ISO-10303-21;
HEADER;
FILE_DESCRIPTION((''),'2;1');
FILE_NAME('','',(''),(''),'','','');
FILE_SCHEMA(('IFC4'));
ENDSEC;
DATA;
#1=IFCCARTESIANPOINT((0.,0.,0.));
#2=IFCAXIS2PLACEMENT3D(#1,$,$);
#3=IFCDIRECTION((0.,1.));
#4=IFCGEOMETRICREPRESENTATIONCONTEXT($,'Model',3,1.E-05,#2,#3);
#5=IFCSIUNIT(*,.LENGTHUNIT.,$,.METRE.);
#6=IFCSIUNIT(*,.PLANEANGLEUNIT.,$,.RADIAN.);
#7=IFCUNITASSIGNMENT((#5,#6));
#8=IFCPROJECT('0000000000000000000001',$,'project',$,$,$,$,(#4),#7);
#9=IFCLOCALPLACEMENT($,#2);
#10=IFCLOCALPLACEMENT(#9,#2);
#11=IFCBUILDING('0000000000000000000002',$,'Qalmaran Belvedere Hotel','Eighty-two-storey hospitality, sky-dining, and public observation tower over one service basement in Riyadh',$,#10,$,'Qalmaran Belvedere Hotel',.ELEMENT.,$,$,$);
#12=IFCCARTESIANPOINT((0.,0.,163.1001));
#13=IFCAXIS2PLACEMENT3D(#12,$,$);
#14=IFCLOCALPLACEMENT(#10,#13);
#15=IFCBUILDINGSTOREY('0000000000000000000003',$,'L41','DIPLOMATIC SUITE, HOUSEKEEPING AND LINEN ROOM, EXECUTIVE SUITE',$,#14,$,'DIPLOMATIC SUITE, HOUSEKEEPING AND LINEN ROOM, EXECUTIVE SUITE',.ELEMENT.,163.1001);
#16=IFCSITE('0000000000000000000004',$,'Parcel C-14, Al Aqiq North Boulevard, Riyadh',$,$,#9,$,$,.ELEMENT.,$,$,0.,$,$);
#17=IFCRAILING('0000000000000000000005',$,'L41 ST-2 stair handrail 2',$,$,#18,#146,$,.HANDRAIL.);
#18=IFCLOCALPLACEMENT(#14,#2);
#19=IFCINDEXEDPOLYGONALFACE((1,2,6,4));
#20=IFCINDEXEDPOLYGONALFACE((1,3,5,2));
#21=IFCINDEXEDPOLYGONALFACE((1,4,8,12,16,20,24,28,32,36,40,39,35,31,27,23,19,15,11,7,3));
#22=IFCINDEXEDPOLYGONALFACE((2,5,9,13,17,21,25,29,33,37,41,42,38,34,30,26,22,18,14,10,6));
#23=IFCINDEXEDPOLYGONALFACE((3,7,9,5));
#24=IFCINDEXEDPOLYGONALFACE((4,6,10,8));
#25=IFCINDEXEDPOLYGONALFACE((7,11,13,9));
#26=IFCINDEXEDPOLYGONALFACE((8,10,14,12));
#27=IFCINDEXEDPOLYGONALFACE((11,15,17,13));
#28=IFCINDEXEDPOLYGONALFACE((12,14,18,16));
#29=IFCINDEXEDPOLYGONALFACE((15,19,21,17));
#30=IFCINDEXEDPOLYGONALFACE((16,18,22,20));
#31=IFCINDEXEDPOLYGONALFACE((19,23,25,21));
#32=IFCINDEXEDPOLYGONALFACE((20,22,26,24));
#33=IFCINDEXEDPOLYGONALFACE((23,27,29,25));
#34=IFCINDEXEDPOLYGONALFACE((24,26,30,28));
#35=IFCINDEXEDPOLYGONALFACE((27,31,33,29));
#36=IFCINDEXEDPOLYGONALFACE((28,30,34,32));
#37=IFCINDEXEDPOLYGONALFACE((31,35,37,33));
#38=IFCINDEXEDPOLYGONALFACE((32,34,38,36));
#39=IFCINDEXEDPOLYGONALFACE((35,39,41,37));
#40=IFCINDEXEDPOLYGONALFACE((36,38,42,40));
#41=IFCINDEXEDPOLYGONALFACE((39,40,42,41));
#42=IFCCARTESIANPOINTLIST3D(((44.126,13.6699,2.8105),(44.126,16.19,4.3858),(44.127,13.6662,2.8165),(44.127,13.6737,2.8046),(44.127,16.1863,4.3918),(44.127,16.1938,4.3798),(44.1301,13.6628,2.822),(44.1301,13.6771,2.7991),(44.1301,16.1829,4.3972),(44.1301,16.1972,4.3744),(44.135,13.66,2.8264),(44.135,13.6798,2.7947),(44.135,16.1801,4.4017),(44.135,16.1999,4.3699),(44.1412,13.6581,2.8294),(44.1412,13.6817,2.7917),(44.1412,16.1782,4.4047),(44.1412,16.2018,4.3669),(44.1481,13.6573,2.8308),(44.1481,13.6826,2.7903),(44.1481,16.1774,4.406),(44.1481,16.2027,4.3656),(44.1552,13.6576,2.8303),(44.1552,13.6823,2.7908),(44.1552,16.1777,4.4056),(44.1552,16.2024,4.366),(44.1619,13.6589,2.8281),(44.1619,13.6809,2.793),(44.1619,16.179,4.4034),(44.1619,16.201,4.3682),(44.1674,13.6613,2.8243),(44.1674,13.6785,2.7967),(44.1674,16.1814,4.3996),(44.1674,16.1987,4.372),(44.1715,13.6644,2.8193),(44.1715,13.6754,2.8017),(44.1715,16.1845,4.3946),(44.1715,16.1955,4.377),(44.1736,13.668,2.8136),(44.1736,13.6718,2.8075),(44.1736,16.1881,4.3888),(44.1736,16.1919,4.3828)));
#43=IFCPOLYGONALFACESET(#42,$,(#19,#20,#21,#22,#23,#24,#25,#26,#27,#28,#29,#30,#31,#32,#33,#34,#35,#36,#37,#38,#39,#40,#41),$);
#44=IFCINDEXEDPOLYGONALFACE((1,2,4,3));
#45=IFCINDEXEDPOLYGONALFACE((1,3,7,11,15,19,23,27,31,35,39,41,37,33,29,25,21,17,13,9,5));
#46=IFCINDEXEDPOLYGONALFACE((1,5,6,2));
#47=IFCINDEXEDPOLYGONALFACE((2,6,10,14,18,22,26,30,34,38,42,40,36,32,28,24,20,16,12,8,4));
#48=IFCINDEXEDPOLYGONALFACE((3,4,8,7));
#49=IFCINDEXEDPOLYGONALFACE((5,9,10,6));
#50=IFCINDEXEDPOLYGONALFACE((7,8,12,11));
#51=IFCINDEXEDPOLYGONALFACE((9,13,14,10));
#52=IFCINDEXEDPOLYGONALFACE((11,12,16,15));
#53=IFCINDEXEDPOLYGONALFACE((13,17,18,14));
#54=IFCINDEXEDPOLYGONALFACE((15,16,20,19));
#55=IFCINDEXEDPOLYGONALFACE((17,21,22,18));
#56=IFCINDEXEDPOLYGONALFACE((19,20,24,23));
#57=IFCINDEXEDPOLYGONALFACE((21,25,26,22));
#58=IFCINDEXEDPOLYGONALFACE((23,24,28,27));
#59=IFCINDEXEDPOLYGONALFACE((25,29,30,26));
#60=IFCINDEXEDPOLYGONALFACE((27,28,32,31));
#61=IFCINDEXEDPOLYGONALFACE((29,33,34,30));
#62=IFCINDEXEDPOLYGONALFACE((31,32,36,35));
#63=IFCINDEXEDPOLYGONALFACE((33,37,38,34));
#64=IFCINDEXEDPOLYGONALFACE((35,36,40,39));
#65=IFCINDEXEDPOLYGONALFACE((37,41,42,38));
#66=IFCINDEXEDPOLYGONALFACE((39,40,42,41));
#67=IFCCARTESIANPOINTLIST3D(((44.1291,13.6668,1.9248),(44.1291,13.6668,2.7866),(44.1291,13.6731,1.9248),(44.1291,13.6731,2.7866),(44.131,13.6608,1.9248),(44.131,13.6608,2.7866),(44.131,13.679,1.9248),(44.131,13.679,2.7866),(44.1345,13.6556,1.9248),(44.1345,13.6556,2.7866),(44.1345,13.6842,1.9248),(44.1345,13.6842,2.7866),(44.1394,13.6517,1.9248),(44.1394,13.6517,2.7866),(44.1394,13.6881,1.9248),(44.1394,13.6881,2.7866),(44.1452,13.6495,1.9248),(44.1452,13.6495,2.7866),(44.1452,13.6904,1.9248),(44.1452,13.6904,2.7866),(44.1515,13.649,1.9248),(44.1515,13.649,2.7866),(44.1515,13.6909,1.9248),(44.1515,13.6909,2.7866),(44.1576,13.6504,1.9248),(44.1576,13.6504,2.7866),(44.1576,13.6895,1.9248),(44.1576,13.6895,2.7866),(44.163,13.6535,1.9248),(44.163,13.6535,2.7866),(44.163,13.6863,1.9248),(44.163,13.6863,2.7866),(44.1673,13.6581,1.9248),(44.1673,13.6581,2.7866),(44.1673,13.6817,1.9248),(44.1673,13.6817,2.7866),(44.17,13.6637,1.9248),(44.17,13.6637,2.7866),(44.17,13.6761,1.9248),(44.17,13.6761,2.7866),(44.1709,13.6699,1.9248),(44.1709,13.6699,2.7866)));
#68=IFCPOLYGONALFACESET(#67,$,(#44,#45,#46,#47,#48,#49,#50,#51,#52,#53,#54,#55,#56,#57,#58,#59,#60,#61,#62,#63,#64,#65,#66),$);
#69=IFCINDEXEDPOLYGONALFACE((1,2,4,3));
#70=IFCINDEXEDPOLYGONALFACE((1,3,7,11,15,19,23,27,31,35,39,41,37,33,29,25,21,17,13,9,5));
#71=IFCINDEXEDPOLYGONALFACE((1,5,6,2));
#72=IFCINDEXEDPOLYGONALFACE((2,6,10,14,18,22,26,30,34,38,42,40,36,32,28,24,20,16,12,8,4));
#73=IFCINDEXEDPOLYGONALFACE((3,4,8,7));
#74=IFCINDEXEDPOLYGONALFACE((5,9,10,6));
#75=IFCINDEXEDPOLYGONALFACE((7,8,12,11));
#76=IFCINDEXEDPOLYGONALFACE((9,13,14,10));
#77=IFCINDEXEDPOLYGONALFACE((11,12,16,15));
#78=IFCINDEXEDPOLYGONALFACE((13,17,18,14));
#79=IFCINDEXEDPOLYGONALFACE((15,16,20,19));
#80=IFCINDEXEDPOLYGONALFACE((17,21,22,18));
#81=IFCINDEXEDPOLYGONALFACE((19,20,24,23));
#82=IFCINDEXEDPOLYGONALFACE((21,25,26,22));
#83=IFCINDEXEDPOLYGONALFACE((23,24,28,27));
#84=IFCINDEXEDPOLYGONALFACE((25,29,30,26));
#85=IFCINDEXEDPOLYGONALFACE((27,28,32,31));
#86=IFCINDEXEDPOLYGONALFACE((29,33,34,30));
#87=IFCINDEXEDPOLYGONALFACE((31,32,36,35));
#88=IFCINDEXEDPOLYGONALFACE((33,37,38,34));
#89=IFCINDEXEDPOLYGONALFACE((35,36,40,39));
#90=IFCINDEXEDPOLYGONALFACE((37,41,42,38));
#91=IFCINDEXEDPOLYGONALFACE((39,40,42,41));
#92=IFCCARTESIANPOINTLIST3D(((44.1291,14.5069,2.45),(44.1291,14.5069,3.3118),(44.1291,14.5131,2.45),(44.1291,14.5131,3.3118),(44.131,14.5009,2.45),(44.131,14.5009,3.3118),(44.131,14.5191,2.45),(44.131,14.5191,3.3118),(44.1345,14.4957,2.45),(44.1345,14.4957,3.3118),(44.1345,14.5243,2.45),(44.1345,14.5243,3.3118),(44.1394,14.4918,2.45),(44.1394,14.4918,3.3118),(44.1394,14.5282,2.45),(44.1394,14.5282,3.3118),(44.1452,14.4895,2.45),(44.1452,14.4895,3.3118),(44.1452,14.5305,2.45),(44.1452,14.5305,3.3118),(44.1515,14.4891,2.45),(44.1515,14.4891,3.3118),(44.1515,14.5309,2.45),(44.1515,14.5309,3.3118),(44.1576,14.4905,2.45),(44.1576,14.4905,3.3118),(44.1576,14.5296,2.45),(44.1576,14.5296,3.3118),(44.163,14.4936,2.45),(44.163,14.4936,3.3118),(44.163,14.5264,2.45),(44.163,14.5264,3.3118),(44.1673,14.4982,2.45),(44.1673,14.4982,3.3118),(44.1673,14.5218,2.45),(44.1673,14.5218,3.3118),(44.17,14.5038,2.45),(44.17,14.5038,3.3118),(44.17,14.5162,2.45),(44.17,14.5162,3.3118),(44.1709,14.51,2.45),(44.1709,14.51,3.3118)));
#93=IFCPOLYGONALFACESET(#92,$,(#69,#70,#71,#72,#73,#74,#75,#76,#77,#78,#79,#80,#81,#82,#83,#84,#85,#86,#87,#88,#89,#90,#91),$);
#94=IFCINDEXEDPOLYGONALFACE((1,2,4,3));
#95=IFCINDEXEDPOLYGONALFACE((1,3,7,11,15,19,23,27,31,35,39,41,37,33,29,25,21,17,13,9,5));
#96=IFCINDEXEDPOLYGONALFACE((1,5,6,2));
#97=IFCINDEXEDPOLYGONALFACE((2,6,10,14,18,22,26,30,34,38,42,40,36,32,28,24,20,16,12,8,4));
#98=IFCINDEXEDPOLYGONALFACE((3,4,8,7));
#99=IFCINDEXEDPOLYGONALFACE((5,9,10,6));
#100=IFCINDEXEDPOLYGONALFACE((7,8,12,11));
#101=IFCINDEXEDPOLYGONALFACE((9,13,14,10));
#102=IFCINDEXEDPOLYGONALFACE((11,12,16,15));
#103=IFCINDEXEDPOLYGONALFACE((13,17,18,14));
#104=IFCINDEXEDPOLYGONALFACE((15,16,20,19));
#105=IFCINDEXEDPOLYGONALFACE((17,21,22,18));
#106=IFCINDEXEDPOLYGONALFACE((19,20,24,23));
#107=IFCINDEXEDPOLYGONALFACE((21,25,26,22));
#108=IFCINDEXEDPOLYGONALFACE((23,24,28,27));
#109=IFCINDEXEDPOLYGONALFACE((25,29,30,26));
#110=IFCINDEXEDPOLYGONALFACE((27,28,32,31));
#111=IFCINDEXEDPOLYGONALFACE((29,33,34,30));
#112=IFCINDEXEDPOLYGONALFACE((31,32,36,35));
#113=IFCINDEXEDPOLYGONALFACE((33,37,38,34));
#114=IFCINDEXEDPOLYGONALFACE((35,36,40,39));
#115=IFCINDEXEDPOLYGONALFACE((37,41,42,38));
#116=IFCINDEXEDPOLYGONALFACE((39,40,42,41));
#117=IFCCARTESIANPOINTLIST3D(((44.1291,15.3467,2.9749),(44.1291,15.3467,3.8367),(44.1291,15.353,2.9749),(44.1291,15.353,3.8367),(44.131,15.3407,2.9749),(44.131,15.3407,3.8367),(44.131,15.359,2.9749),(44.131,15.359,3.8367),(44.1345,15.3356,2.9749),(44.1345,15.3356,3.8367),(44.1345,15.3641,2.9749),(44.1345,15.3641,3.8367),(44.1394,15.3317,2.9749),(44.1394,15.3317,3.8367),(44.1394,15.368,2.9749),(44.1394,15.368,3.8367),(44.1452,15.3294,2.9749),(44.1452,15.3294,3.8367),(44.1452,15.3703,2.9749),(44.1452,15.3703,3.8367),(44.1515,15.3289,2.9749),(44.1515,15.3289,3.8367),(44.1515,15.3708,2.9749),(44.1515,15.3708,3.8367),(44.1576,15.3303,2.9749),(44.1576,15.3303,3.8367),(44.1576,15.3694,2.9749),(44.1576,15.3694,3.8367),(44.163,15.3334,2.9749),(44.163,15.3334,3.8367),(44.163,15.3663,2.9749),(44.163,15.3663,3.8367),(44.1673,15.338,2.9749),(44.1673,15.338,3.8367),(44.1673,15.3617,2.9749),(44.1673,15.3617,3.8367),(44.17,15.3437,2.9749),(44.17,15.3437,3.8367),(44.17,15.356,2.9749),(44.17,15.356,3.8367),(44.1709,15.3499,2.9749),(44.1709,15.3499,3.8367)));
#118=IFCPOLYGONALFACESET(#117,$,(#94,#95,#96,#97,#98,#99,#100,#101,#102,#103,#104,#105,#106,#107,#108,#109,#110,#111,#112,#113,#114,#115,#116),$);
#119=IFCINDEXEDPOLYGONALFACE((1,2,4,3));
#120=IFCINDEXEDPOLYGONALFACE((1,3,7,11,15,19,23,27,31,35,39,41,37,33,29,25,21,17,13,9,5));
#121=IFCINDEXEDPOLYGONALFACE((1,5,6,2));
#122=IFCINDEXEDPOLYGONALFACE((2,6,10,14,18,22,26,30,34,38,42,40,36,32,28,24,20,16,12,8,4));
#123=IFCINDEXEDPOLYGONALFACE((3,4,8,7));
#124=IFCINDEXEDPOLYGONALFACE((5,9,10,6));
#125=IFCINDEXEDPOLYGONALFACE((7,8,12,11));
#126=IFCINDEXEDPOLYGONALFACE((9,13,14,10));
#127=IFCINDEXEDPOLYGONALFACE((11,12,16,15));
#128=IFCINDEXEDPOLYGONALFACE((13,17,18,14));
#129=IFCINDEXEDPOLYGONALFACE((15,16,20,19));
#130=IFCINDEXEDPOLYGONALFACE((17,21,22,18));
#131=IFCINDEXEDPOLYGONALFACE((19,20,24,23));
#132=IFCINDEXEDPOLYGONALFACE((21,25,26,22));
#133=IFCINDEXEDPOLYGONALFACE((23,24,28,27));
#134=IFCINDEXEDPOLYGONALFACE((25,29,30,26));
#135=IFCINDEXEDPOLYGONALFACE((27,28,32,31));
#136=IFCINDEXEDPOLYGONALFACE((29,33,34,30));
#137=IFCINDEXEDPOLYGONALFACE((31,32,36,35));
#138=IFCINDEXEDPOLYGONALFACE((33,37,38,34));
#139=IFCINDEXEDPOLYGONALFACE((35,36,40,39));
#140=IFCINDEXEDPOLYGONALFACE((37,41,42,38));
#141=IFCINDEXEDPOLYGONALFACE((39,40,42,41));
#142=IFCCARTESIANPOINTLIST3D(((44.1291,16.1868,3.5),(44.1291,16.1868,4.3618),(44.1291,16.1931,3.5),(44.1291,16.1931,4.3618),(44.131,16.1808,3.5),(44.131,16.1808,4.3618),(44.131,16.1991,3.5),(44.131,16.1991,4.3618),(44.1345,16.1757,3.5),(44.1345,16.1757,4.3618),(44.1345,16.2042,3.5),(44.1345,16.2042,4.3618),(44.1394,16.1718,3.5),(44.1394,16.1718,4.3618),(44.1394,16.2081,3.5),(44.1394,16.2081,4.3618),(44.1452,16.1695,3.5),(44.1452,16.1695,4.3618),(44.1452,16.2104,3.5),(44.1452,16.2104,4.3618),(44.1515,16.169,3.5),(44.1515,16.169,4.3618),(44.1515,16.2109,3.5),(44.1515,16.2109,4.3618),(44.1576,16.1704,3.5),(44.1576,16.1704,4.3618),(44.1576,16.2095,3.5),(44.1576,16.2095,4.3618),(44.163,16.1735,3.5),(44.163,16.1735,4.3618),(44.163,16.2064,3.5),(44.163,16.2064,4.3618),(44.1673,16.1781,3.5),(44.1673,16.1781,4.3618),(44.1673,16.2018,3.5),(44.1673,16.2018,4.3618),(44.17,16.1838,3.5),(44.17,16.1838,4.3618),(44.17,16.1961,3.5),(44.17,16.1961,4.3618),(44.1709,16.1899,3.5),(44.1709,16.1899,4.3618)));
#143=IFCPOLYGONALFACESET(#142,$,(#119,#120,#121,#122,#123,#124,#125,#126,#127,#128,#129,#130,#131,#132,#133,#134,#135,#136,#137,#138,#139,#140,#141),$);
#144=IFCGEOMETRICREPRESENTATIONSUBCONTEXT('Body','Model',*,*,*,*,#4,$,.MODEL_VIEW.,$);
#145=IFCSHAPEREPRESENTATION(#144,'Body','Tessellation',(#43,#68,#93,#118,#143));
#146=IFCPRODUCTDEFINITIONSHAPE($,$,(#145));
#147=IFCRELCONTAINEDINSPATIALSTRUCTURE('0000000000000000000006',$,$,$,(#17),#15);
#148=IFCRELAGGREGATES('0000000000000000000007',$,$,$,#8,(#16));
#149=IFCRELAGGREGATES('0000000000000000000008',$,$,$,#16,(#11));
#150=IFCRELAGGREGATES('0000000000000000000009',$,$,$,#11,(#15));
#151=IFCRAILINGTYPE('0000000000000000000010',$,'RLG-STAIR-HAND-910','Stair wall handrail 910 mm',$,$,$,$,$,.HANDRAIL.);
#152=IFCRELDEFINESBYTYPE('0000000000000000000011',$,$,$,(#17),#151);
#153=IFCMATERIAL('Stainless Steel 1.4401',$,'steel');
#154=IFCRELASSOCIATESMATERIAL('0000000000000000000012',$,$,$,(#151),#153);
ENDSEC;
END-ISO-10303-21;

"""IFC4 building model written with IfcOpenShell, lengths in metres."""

from ifc_helpers import new_model, si_unit, direction, frame, origin, origin_2d, place, context, subcontext, project, spatial, circle, extrude, material, type_object, element, save


model = new_model("IFC4")

# Units and contexts
model_context = context("Model", 3, precision=1e-05, world=origin(), true_north=direction((0.0, 1.0)))
body_context = subcontext(model_context, "Body", "Model", "MODEL_VIEW")
ifc_project = project(units=[si_unit("LENGTHUNIT", "METRE"), si_unit("PLANEANGLEUNIT", "RADIAN")], contexts=[model_context])

# Site, building, storey
site_placement = place(None, origin())
site = spatial("IfcSite", under=ifc_project, at=site_placement, Name="Parcel C-14, Al Aqiq North Boulevard, Riyadh", CompositionType="ELEMENT", RefElevation=0.0)
building_placement = place(site_placement, origin())
building = spatial("IfcBuilding", under=site, at=building_placement, Name="Qalmaran Belvedere Hotel", Description="Eighty-two-storey hospitality, sky-dining, and public observation tower over one service basement in Riyadh", LongName="Qalmaran Belvedere Hotel", CompositionType="ELEMENT")
storey_placement = place(building_placement, frame((0.0, 0.0, 163.1001)))
storey = spatial("IfcBuildingStorey", under=building, at=storey_placement, Name="L41", Description="DIPLOMATIC SUITE, HOUSEKEEPING AND LINEN ROOM, EXECUTIVE SUITE", LongName="DIPLOMATIC SUITE, HOUSEKEEPING AND LINEN ROOM, EXECUTIVE SUITE", CompositionType="ELEMENT", Elevation=163.1001)

# Railing
ifc_material_1 = material(Name="Stainless Steel 1.4401", Category="steel")
railing_type_1 = type_object("IfcRailingType", Name="RLG-STAIR-HAND-910", Description="Stair wall handrail 910 mm", PredefinedType="HANDRAIL", material=ifc_material_1)
railing_1_placement = place(storey_placement, frame((44.1499, 13.6699, 1.9248)))
element("IfcRailing", 1, at=railing_1_placement, inside=storey, type_object=railing_type_1, Name="L41 ST-2 stair handrail 2", PredefinedType="HANDRAIL", context=body_context, shape_type="SweptSolid", body=[
    extrude(circle(Radius=0.0239, at=origin_2d()), frame((0.0, 0.0, 0.8857), z_axis=(0.0, 0.847971, 0.530043), x_axis=(-1.0, 0.0, 0.0)), (0.0, 0.0, 1.0), 2.9719),
    extrude(circle(Radius=0.021, at=origin_2d()), origin(), (0.0, 0.0, 1.0), 0.8618),
    extrude(circle(Radius=0.021, at=origin_2d()), frame((0.0, 0.8401, 0.5251)), (0.0, 0.0, 1.0), 0.8618),
    extrude(circle(Radius=0.021, at=origin_2d()), frame((0.0, 1.6799, 1.05)), (0.0, 0.0, 1.0), 0.8618),
    extrude(circle(Radius=0.021, at=origin_2d()), frame((0.0, 2.52, 1.5752)), (0.0, 0.0, 1.0), 0.8618),
])

save(model, "model.ifc")
